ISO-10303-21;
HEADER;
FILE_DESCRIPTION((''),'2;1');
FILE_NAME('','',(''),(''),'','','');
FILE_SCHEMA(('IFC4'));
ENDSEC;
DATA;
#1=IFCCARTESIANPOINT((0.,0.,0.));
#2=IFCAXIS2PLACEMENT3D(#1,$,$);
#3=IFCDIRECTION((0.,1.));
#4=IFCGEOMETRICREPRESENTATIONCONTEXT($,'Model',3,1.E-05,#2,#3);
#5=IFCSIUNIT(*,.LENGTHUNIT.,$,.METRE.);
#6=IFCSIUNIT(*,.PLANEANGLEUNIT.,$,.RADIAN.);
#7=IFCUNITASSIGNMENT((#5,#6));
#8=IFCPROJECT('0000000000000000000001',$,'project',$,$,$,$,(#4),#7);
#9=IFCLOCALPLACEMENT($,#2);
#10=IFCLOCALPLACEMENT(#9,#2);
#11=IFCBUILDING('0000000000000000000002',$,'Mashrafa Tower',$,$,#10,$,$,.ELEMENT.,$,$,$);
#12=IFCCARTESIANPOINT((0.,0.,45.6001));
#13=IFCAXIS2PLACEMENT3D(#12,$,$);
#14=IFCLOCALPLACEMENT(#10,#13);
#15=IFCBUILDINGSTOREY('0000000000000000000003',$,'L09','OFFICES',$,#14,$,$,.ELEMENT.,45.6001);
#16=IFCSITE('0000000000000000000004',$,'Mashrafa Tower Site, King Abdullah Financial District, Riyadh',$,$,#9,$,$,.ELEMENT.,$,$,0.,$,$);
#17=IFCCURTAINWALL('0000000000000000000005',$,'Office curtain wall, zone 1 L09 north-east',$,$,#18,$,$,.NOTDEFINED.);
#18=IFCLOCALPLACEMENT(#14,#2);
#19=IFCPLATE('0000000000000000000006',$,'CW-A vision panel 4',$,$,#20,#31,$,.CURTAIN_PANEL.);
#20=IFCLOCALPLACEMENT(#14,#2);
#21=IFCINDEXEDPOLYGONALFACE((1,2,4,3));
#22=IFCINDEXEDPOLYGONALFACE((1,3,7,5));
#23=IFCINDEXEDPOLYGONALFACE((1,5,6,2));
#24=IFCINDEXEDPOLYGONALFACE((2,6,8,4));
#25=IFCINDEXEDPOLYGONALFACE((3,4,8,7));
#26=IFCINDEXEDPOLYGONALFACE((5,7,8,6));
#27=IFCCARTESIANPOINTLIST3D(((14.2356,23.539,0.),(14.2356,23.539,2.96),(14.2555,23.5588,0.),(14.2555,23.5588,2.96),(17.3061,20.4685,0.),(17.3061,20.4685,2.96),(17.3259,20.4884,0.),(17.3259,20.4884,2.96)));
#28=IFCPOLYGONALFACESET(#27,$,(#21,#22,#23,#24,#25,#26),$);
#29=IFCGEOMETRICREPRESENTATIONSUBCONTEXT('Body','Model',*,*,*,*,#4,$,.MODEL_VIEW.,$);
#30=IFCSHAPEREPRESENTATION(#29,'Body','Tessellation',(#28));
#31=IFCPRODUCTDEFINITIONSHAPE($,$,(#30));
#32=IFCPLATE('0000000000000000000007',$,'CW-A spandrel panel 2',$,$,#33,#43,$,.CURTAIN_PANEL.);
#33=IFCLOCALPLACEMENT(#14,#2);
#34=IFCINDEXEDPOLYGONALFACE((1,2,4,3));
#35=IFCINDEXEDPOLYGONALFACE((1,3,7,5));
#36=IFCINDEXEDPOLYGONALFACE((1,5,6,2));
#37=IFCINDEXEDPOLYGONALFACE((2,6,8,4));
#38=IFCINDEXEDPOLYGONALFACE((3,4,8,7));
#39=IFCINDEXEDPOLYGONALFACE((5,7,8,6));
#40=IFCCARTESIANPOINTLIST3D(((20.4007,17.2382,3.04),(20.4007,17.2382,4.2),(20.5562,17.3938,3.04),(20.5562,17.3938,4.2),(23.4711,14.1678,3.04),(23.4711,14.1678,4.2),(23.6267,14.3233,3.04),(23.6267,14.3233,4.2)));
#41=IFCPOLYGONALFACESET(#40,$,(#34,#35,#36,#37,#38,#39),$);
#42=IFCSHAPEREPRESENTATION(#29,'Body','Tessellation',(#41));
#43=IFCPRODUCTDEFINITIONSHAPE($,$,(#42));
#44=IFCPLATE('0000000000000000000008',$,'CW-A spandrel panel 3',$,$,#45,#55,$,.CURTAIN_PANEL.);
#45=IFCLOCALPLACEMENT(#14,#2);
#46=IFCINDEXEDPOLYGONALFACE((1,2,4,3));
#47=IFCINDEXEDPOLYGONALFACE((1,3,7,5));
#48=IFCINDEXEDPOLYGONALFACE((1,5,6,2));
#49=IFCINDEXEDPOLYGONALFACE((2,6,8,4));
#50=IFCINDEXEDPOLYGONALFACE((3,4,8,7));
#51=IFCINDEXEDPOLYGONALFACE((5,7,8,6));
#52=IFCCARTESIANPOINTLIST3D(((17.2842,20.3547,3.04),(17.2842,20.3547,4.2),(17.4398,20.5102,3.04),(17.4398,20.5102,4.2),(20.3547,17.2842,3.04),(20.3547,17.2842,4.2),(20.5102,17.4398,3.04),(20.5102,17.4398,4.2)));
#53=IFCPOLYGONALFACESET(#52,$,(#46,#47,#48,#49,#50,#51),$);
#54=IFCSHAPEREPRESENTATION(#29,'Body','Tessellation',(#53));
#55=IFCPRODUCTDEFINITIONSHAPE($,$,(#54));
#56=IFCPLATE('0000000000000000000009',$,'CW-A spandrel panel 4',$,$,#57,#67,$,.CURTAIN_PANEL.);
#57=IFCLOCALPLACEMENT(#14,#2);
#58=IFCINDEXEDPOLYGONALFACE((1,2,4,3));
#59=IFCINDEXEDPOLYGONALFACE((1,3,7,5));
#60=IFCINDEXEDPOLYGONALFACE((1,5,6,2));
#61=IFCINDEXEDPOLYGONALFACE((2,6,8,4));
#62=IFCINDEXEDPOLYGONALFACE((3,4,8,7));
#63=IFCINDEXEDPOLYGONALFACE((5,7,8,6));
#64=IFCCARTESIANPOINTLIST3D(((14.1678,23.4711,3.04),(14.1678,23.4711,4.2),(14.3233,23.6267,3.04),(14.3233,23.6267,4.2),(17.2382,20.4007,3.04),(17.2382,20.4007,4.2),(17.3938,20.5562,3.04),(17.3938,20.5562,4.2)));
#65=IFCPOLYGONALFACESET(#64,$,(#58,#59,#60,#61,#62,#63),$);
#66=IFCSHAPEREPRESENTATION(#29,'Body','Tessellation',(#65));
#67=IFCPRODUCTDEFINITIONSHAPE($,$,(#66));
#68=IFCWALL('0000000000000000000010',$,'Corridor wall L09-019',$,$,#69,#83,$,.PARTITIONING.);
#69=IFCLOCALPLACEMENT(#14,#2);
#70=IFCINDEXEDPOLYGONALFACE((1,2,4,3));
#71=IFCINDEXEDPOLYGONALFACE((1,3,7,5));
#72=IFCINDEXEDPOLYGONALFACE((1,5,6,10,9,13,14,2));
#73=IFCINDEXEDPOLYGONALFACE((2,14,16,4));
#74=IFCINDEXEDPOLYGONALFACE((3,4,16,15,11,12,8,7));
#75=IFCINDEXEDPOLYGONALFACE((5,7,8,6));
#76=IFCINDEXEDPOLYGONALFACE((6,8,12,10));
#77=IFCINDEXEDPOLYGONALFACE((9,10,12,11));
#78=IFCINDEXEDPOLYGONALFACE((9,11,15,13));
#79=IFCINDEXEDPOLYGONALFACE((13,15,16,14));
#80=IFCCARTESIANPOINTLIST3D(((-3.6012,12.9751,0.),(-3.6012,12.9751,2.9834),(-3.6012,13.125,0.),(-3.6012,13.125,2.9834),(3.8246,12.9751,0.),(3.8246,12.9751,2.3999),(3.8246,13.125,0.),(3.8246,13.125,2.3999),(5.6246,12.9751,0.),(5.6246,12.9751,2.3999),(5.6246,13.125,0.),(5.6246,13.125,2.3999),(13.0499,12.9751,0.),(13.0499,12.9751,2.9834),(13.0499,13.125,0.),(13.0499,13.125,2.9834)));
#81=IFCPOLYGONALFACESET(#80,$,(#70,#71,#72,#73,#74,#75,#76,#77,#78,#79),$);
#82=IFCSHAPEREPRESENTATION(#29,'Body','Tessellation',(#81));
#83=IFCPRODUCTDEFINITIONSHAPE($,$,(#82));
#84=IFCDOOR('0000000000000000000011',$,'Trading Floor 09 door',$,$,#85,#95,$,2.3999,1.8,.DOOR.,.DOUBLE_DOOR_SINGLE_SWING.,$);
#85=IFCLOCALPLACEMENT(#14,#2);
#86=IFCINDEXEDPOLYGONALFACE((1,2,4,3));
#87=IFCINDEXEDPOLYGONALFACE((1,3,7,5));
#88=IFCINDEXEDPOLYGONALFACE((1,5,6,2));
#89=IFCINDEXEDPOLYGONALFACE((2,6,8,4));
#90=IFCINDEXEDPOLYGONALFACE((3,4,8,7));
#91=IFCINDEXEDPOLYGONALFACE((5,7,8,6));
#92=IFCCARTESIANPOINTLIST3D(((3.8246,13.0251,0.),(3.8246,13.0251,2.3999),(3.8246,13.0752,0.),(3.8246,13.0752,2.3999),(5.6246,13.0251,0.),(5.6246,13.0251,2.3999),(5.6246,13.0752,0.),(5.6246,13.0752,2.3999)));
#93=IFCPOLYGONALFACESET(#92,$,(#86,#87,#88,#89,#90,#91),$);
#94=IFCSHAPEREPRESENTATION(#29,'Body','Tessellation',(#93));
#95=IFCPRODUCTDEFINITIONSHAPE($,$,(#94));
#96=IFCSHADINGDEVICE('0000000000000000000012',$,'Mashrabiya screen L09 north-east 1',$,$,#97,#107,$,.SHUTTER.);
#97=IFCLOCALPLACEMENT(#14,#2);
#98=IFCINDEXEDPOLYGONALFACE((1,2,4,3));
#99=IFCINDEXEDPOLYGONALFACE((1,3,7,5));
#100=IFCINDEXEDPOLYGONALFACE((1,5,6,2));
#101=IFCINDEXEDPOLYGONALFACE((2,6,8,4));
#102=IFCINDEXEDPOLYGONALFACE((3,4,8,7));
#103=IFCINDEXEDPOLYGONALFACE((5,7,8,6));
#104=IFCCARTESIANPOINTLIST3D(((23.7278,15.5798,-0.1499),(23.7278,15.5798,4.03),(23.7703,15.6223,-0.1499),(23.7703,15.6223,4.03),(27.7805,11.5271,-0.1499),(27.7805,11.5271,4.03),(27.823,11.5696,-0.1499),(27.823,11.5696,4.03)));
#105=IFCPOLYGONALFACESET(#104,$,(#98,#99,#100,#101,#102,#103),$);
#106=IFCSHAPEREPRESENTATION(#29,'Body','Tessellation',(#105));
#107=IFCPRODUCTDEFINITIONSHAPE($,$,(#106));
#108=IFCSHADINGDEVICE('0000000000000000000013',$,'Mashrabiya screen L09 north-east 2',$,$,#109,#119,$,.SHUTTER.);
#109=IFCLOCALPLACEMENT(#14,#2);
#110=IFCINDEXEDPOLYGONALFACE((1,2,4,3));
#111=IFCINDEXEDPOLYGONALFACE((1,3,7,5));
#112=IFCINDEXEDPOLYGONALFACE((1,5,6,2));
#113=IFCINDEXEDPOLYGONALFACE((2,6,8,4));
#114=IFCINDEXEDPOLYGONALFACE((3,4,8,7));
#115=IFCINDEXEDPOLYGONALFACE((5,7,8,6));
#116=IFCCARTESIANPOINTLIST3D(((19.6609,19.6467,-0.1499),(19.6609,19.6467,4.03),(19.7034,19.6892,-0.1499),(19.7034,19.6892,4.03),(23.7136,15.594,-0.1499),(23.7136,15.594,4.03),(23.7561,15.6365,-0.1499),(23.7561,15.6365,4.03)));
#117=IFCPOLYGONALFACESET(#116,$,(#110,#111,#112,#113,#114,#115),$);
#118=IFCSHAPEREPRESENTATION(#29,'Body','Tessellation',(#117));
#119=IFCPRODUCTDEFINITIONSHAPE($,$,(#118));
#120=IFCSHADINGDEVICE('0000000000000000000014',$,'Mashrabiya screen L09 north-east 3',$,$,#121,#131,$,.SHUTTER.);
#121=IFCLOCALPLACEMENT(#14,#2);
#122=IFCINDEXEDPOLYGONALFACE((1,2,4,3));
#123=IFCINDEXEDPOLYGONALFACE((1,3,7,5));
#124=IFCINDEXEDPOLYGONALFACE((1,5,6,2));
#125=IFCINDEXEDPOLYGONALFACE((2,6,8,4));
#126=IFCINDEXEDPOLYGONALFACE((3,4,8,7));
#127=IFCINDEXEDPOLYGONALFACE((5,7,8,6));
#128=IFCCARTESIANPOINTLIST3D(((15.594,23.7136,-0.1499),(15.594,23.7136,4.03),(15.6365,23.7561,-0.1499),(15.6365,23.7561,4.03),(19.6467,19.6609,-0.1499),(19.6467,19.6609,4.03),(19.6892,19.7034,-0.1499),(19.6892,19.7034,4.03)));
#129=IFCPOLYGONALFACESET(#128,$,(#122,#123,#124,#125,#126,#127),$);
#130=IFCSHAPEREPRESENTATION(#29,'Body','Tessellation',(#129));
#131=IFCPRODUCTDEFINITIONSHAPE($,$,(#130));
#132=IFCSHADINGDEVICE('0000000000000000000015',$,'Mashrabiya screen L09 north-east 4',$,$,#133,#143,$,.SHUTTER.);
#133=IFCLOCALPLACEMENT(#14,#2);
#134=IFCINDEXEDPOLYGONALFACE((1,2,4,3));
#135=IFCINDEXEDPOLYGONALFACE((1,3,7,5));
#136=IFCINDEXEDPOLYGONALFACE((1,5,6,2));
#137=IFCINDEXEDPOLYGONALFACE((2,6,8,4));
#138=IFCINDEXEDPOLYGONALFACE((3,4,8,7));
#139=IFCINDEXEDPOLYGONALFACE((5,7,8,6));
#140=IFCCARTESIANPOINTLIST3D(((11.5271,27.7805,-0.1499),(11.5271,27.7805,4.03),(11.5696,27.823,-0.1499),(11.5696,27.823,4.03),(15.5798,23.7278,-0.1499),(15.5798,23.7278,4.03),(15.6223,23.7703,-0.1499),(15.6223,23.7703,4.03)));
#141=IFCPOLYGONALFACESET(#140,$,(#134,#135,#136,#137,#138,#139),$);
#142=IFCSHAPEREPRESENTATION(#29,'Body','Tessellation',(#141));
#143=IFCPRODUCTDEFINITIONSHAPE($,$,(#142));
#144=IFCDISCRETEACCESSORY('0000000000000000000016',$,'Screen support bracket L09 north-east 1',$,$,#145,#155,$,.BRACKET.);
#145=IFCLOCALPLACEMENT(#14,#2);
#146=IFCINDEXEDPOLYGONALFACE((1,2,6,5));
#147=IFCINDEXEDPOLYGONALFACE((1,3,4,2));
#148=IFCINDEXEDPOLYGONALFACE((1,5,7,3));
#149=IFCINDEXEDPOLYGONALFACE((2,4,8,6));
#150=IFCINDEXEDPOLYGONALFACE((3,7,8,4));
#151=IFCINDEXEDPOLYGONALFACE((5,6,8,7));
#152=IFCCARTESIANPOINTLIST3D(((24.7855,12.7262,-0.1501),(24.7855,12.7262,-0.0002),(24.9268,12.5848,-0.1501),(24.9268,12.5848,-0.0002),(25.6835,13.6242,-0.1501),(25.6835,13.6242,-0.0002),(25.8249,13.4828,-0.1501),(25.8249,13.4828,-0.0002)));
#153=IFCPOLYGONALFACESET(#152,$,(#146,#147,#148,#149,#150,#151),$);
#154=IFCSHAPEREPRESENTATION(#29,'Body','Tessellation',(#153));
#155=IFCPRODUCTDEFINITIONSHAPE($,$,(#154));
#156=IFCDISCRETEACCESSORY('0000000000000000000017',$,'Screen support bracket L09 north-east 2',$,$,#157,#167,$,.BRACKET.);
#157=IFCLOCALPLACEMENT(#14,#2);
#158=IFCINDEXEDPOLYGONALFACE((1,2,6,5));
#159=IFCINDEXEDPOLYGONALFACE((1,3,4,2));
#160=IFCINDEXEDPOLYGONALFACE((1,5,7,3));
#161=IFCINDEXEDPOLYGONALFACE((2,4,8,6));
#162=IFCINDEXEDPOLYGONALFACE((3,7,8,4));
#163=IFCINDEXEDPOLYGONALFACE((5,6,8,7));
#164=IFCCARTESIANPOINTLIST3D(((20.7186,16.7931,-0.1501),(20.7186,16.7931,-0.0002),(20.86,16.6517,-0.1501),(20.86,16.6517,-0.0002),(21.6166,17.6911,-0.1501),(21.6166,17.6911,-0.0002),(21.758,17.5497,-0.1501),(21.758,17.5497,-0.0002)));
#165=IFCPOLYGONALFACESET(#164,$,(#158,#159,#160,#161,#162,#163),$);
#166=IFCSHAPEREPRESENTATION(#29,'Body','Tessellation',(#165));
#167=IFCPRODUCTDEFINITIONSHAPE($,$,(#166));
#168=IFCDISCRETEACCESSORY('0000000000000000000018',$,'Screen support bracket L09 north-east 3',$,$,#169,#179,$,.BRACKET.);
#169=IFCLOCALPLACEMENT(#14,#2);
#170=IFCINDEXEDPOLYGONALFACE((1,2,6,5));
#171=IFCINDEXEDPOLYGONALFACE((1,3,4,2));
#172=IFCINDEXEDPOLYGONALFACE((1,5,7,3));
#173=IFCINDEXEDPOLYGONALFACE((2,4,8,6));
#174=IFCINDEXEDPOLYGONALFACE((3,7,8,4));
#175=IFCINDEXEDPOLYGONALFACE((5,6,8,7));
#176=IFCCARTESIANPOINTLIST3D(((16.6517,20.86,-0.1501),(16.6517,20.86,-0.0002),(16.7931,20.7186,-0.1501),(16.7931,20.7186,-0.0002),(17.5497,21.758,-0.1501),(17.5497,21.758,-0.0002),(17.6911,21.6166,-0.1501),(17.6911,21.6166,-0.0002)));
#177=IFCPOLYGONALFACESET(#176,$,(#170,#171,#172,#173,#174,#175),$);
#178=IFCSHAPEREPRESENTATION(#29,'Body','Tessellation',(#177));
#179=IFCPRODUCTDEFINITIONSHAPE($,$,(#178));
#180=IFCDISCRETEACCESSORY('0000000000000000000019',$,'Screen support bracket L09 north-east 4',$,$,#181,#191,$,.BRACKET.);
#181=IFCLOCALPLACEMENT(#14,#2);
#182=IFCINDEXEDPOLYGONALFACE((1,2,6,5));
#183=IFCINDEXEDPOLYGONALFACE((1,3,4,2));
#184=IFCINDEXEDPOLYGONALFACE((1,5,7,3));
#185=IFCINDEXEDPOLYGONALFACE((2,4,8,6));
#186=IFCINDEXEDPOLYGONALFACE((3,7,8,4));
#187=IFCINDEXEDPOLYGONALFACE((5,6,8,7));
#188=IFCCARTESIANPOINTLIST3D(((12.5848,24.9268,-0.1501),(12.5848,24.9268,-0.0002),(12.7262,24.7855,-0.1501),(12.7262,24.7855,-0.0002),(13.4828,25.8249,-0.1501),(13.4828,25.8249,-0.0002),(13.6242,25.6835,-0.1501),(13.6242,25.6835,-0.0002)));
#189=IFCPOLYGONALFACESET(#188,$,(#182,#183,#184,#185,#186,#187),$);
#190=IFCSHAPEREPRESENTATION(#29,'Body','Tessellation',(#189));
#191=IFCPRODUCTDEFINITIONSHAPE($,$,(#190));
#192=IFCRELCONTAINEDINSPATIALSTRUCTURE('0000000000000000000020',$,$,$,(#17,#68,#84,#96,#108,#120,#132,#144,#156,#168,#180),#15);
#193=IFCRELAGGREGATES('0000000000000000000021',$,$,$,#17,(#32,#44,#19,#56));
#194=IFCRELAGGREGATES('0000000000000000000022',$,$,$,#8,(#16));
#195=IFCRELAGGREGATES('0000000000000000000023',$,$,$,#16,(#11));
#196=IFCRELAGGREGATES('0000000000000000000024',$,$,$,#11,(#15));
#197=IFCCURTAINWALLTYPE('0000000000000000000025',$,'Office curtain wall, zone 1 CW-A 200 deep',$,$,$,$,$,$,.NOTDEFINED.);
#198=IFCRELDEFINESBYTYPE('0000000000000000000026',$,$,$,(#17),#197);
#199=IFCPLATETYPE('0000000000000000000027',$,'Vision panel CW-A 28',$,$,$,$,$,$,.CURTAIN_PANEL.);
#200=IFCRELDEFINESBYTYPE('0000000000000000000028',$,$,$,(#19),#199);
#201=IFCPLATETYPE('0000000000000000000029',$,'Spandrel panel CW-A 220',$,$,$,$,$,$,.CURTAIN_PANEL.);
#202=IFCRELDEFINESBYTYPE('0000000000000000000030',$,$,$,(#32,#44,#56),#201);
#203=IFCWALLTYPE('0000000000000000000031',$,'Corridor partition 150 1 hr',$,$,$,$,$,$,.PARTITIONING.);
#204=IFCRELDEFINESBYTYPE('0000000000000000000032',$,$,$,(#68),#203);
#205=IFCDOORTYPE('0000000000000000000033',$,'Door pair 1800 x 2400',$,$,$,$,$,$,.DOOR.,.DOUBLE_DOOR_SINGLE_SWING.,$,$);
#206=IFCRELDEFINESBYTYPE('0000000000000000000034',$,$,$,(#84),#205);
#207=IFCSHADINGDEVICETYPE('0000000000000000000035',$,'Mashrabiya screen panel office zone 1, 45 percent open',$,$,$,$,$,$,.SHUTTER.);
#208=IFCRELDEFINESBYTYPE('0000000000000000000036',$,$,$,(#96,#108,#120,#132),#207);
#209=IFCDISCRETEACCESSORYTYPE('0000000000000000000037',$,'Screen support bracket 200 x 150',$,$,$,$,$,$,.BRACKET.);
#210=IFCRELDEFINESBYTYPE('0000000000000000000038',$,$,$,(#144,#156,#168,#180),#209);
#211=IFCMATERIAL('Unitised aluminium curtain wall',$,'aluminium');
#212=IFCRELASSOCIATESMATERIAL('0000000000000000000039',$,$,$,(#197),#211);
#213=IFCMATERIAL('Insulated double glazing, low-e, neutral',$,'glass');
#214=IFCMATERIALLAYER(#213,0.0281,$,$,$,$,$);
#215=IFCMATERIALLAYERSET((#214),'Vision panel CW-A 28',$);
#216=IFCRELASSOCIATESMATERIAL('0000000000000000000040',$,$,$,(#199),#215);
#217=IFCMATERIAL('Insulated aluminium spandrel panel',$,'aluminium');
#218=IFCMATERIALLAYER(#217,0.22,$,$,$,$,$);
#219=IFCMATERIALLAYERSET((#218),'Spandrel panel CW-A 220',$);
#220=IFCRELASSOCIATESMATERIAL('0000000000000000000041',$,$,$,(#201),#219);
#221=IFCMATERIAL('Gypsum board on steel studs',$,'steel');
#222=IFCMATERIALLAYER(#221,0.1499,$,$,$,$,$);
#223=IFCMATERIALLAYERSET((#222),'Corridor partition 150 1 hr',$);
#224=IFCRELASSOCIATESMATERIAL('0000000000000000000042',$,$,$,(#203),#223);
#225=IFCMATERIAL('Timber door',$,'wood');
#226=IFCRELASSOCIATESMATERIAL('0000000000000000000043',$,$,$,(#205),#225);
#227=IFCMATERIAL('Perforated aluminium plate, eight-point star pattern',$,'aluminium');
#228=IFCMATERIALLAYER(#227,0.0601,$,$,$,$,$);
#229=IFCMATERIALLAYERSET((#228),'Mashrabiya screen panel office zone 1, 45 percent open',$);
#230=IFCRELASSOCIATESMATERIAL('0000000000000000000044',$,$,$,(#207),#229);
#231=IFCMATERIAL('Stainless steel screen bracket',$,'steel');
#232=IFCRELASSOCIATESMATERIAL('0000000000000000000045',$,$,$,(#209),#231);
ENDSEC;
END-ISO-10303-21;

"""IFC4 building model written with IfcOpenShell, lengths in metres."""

from ifc_helpers import new_model, si_unit, direction, frame, frame_2d, origin, origin_2d, place, context, subcontext, project, spatial, rectangle, extrude, source, transform, mapped, material, layer, layer_set, type_object, type_shapes, element, fill, aggregate, save


model = new_model("IFC4")

# Units and contexts
model_context = context("Model", 3, precision=1e-05, world=origin(), true_north=direction((0.0, 1.0)))
body_context = subcontext(model_context, "Body", "Model", "MODEL_VIEW")
ifc_project = project(units=[si_unit("LENGTHUNIT", "METRE"), si_unit("PLANEANGLEUNIT", "RADIAN")], contexts=[model_context])

# Site, building, storey
site_placement = place(None, origin())
site = spatial("IfcSite", under=ifc_project, at=site_placement, Name="Mashrafa Tower Site, King Abdullah Financial District, Riyadh", CompositionType="ELEMENT", RefElevation=0.0)
building_placement = place(site_placement, origin())
building = spatial("IfcBuilding", under=site, at=building_placement, Name="Mashrafa Tower", CompositionType="ELEMENT")
storey_placement = place(building_placement, frame((0.0, 0.0, 45.6001)))
storey = spatial("IfcBuildingStorey", under=building, at=storey_placement, Name="L09", Description="OFFICES", CompositionType="ELEMENT", Elevation=45.6001)

# Shared definitions
ifc_material_1 = material(Name="Unitised aluminium curtain wall", Category="aluminium")
curtain_wall_type = type_object("IfcCurtainWallType", Name="Office curtain wall, zone 1 CW-A 200 deep", PredefinedType="NOTDEFINED", material=ifc_material_1)

# Curtain wall, plates
curtain_wall_1_placement = place(storey_placement, origin())
curtain_wall_1 = element("IfcCurtainWall", 1, at=curtain_wall_1_placement, inside=storey, type_object=curtain_wall_type, Name="Office curtain wall, zone 1 L09 north-east", PredefinedType="NOTDEFINED")
ifc_material_2 = material(Name="Insulated double glazing, low-e, neutral", Category="glass")
ifc_layer_1 = layer(ifc_material_2, 0.0281)
ifc_layer_set_1 = layer_set([ifc_layer_1], Name="Vision panel CW-A 28")
plate_type_1 = type_object("IfcPlateType", Name="Vision panel CW-A 28", PredefinedType="CURTAIN_PANEL", material=ifc_layer_set_1)
ifc_material_3 = material(Name="Insulated aluminium spandrel panel", Category="aluminium")
ifc_layer_2 = layer(ifc_material_3, 0.22)
ifc_layer_set_2 = layer_set([ifc_layer_2], Name="Spandrel panel CW-A 220")
plate_type_2 = type_object("IfcPlateType", Name="Spandrel panel CW-A 220", PredefinedType="CURTAIN_PANEL", material=ifc_layer_set_2)
shared_shape_1 = source(origin(), body_context, "Body", "SweptSolid", [
    extrude(rectangle(XDim=4.3423, YDim=0.0281, at=origin_2d()), origin(), (0.0, 0.0, 1.0), 2.96),
])
plate_1_placement = place(storey_placement, frame((15.7808, 22.0137, 0.0), z_axis=(0.0, 0.0, 1.0), x_axis=(-0.707107, 0.707107, 0.0)))
plate_1 = element("IfcPlate", 2, at=plate_1_placement, type_object=plate_type_1, Name="CW-A vision panel 4", PredefinedType="CURTAIN_PANEL", context=body_context, shape_type="MappedRepresentation", body=[
    mapped(shared_shape_1, transform((0.0, 0.0, 0.0))),
])
shared_shape_2 = source(origin(), body_context, "Body", "SweptSolid", [
    extrude(rectangle(XDim=4.3423, YDim=0.22, at=origin_2d()), origin(), (0.0, 0.0, 1.0), 1.1599),
])
plate_2_placement = place(storey_placement, frame((22.0137, 15.7808, 3.04), z_axis=(0.0, 0.0, 1.0), x_axis=(-0.707107, 0.707107, 0.0)))
plate_2 = element("IfcPlate", 3, at=plate_2_placement, type_object=plate_type_2, Name="CW-A spandrel panel 2", PredefinedType="CURTAIN_PANEL", context=body_context, shape_type="MappedRepresentation", body=[
    mapped(shared_shape_2, transform((0.0, 0.0, 0.0))),
])
plate_3_placement = place(storey_placement, frame((18.8972, 18.8972, 3.04), z_axis=(0.0, 0.0, 1.0), x_axis=(-0.707107, 0.707107, 0.0)))
plate_3 = element("IfcPlate", 4, at=plate_3_placement, type_object=plate_type_2, Name="CW-A spandrel panel 3", PredefinedType="CURTAIN_PANEL", context=body_context, shape_type="MappedRepresentation", body=[
    mapped(shared_shape_2, transform((0.0, 0.0, 0.0))),
])
plate_4_placement = place(storey_placement, frame((15.7808, 22.0137, 3.04), z_axis=(0.0, 0.0, 1.0), x_axis=(-0.707107, 0.707107, 0.0)))
plate_4 = element("IfcPlate", 5, at=plate_4_placement, type_object=plate_type_2, Name="CW-A spandrel panel 4", PredefinedType="CURTAIN_PANEL", context=body_context, shape_type="MappedRepresentation", body=[
    mapped(shared_shape_2, transform((0.0, 0.0, 0.0))),
])
aggregate(curtain_wall_1, [plate_2, plate_3, plate_1, plate_4])

# Wall, opening, door
ifc_material_4 = material(Name="Gypsum board on steel studs", Category="steel")
ifc_layer_3 = layer(ifc_material_4, 0.1499)
ifc_layer_set_3 = layer_set([ifc_layer_3], Name="Corridor partition 150 1 hr")
wall_type = type_object("IfcWallType", Name="Corridor partition 150 1 hr", PredefinedType="PARTITIONING", material=ifc_layer_set_3)
wall_placement = place(storey_placement, frame((13.05, 13.05, 0.0), z_axis=(0.0, 0.0, 1.0), x_axis=(-1.0, 0.0, 0.0)))
wall = element("IfcWall", 6, at=wall_placement, inside=storey, type_object=wall_type, Name="Corridor wall L09-019", PredefinedType="PARTITIONING", context=body_context, shape_type="SweptSolid", body=[
    extrude(rectangle(XDim=16.6511, YDim=0.1499, at=frame_2d((8.3257, 0.0))), origin(), (0.0, 0.0, 1.0), 2.9834),
])
opening_placement = place(wall_placement, frame((7.4255, 0.0, 0.0)))
opening = element("IfcOpeningElement", 7, at=opening_placement, cuts=wall, PredefinedType="OPENING", context=body_context, shape_type="SweptSolid", body=[
    extrude(rectangle(XDim=1.8, YDim=2.3999, at=frame_2d((0.8999, 1.2))), frame((0.0, 0.085, 0.0), z_axis=(0.0, -1.0, 0.0), x_axis=(1.0, 0.0, 0.0)), (0.0, 0.0, 1.0), 0.1699),
])
ifc_material_5 = material(Name="Timber door", Category="wood")
door_type = type_object("IfcDoorType", Name="Door pair 1800 x 2400", OperationType="DOUBLE_DOOR_SINGLE_SWING", PredefinedType="DOOR", material=ifc_material_5)
door_placement = place(opening_placement, origin())
door = element("IfcDoor", 8, at=door_placement, inside=storey, type_object=door_type, Name="Trading Floor 09 door", OperationType="DOUBLE_DOOR_SINGLE_SWING", OverallHeight=2.3999, OverallWidth=1.8, PredefinedType="DOOR", context=body_context, shape_type="SweptSolid", body=[
    extrude(rectangle(XDim=1.8, YDim=2.3999, at=frame_2d((0.8999, 1.2))), frame((0.0, 0.0249, 0.0), z_axis=(0.0, -1.0, 0.0), x_axis=(1.0, 0.0, 0.0)), (0.0, 0.0, 1.0), 0.05),
])
fill(opening, door)

# Shading devices
ifc_material_6 = material(Name="Perforated aluminium plate, eight-point star pattern", Category="aluminium")
ifc_layer_4 = layer(ifc_material_6, 0.0601)
ifc_layer_set_4 = layer_set([ifc_layer_4], Name="Mashrabiya screen panel office zone 1, 45 percent open")
shading_device_type = type_object("IfcShadingDeviceType", Name="Mashrabiya screen panel office zone 1, 45 percent open", PredefinedType="SHUTTER", material=ifc_layer_set_4)
shared_shape_3 = source(origin(), body_context, "Body", "SweptSolid", [
    extrude(rectangle(XDim=5.7314, YDim=0.0601, at=origin_2d()), origin(), (0.0, 0.0, 1.0), 4.1799),
])
type_shapes(shading_device_type, [shared_shape_3])
for number, where, z_axis, x_axis, name in (
    (9, (25.7754, 13.5747, -0.1499), (0.0, 0.0, 1.0), (-0.707107, 0.707107, 0.0), "Mashrabiya screen L09 north-east 1"),
    (10, (21.7085, 17.6416, -0.1499), (0.0, 0.0, 1.0), (-0.707107, 0.707107, 0.0), "Mashrabiya screen L09 north-east 2"),
    (11, (17.6416, 21.7085, -0.1499), (0.0, 0.0, 1.0), (-0.707107, 0.707107, 0.0), "Mashrabiya screen L09 north-east 3"),
    (12, (13.5747, 25.7754, -0.1499), (0.0, 0.0, 1.0), (-0.707107, 0.707107, 0.0), "Mashrabiya screen L09 north-east 4"),
):
    element("IfcShadingDevice", number, at=place(storey_placement, frame(where, z_axis=z_axis, x_axis=x_axis)), inside=storey, type_object=shading_device_type, Name=name, PredefinedType="SHUTTER", context=body_context, shape_type="MappedRepresentation", body=[
        mapped(shared_shape_3, transform((0.0, 0.0, 0.0))),
    ])

# Discrete accessories
ifc_material_7 = material(Name="Stainless steel screen bracket", Category="steel")
discrete_accessory_type = type_object("IfcDiscreteAccessoryType", Name="Screen support bracket 200 x 150", PredefinedType="BRACKET", material=ifc_material_7)
shared_shape_4 = source(origin(), body_context, "Body", "SweptSolid", [
    extrude(rectangle(XDim=0.2, YDim=1.27, at=origin_2d()), origin(), (0.0, 0.0, 1.0), 0.1499),
])
type_shapes(discrete_accessory_type, [shared_shape_4])
for number, where, z_axis, x_axis, name in (
    (13, (25.3052, 13.1045, -0.1501), (0.0, 0.0, 1.0), (-0.707107, 0.707107, 0.0), "Screen support bracket L09 north-east 1"),
    (14, (21.2383, 17.1714, -0.1501), (0.0, 0.0, 1.0), (-0.707107, 0.707107, 0.0), "Screen support bracket L09 north-east 2"),
    (15, (17.1714, 21.2383, -0.1501), (0.0, 0.0, 1.0), (-0.707107, 0.707107, 0.0), "Screen support bracket L09 north-east 3"),
    (16, (13.1045, 25.3052, -0.1501), (0.0, 0.0, 1.0), (-0.707107, 0.707107, 0.0), "Screen support bracket L09 north-east 4"),
):
    element("IfcDiscreteAccessory", number, at=place(storey_placement, frame(where, z_axis=z_axis, x_axis=x_axis)), inside=storey, type_object=discrete_accessory_type, Name=name, PredefinedType="BRACKET", context=body_context, shape_type="MappedRepresentation", body=[
        mapped(shared_shape_4, transform((0.0, 0.0, 0.0))),
    ])

save(model, "model.ifc")
